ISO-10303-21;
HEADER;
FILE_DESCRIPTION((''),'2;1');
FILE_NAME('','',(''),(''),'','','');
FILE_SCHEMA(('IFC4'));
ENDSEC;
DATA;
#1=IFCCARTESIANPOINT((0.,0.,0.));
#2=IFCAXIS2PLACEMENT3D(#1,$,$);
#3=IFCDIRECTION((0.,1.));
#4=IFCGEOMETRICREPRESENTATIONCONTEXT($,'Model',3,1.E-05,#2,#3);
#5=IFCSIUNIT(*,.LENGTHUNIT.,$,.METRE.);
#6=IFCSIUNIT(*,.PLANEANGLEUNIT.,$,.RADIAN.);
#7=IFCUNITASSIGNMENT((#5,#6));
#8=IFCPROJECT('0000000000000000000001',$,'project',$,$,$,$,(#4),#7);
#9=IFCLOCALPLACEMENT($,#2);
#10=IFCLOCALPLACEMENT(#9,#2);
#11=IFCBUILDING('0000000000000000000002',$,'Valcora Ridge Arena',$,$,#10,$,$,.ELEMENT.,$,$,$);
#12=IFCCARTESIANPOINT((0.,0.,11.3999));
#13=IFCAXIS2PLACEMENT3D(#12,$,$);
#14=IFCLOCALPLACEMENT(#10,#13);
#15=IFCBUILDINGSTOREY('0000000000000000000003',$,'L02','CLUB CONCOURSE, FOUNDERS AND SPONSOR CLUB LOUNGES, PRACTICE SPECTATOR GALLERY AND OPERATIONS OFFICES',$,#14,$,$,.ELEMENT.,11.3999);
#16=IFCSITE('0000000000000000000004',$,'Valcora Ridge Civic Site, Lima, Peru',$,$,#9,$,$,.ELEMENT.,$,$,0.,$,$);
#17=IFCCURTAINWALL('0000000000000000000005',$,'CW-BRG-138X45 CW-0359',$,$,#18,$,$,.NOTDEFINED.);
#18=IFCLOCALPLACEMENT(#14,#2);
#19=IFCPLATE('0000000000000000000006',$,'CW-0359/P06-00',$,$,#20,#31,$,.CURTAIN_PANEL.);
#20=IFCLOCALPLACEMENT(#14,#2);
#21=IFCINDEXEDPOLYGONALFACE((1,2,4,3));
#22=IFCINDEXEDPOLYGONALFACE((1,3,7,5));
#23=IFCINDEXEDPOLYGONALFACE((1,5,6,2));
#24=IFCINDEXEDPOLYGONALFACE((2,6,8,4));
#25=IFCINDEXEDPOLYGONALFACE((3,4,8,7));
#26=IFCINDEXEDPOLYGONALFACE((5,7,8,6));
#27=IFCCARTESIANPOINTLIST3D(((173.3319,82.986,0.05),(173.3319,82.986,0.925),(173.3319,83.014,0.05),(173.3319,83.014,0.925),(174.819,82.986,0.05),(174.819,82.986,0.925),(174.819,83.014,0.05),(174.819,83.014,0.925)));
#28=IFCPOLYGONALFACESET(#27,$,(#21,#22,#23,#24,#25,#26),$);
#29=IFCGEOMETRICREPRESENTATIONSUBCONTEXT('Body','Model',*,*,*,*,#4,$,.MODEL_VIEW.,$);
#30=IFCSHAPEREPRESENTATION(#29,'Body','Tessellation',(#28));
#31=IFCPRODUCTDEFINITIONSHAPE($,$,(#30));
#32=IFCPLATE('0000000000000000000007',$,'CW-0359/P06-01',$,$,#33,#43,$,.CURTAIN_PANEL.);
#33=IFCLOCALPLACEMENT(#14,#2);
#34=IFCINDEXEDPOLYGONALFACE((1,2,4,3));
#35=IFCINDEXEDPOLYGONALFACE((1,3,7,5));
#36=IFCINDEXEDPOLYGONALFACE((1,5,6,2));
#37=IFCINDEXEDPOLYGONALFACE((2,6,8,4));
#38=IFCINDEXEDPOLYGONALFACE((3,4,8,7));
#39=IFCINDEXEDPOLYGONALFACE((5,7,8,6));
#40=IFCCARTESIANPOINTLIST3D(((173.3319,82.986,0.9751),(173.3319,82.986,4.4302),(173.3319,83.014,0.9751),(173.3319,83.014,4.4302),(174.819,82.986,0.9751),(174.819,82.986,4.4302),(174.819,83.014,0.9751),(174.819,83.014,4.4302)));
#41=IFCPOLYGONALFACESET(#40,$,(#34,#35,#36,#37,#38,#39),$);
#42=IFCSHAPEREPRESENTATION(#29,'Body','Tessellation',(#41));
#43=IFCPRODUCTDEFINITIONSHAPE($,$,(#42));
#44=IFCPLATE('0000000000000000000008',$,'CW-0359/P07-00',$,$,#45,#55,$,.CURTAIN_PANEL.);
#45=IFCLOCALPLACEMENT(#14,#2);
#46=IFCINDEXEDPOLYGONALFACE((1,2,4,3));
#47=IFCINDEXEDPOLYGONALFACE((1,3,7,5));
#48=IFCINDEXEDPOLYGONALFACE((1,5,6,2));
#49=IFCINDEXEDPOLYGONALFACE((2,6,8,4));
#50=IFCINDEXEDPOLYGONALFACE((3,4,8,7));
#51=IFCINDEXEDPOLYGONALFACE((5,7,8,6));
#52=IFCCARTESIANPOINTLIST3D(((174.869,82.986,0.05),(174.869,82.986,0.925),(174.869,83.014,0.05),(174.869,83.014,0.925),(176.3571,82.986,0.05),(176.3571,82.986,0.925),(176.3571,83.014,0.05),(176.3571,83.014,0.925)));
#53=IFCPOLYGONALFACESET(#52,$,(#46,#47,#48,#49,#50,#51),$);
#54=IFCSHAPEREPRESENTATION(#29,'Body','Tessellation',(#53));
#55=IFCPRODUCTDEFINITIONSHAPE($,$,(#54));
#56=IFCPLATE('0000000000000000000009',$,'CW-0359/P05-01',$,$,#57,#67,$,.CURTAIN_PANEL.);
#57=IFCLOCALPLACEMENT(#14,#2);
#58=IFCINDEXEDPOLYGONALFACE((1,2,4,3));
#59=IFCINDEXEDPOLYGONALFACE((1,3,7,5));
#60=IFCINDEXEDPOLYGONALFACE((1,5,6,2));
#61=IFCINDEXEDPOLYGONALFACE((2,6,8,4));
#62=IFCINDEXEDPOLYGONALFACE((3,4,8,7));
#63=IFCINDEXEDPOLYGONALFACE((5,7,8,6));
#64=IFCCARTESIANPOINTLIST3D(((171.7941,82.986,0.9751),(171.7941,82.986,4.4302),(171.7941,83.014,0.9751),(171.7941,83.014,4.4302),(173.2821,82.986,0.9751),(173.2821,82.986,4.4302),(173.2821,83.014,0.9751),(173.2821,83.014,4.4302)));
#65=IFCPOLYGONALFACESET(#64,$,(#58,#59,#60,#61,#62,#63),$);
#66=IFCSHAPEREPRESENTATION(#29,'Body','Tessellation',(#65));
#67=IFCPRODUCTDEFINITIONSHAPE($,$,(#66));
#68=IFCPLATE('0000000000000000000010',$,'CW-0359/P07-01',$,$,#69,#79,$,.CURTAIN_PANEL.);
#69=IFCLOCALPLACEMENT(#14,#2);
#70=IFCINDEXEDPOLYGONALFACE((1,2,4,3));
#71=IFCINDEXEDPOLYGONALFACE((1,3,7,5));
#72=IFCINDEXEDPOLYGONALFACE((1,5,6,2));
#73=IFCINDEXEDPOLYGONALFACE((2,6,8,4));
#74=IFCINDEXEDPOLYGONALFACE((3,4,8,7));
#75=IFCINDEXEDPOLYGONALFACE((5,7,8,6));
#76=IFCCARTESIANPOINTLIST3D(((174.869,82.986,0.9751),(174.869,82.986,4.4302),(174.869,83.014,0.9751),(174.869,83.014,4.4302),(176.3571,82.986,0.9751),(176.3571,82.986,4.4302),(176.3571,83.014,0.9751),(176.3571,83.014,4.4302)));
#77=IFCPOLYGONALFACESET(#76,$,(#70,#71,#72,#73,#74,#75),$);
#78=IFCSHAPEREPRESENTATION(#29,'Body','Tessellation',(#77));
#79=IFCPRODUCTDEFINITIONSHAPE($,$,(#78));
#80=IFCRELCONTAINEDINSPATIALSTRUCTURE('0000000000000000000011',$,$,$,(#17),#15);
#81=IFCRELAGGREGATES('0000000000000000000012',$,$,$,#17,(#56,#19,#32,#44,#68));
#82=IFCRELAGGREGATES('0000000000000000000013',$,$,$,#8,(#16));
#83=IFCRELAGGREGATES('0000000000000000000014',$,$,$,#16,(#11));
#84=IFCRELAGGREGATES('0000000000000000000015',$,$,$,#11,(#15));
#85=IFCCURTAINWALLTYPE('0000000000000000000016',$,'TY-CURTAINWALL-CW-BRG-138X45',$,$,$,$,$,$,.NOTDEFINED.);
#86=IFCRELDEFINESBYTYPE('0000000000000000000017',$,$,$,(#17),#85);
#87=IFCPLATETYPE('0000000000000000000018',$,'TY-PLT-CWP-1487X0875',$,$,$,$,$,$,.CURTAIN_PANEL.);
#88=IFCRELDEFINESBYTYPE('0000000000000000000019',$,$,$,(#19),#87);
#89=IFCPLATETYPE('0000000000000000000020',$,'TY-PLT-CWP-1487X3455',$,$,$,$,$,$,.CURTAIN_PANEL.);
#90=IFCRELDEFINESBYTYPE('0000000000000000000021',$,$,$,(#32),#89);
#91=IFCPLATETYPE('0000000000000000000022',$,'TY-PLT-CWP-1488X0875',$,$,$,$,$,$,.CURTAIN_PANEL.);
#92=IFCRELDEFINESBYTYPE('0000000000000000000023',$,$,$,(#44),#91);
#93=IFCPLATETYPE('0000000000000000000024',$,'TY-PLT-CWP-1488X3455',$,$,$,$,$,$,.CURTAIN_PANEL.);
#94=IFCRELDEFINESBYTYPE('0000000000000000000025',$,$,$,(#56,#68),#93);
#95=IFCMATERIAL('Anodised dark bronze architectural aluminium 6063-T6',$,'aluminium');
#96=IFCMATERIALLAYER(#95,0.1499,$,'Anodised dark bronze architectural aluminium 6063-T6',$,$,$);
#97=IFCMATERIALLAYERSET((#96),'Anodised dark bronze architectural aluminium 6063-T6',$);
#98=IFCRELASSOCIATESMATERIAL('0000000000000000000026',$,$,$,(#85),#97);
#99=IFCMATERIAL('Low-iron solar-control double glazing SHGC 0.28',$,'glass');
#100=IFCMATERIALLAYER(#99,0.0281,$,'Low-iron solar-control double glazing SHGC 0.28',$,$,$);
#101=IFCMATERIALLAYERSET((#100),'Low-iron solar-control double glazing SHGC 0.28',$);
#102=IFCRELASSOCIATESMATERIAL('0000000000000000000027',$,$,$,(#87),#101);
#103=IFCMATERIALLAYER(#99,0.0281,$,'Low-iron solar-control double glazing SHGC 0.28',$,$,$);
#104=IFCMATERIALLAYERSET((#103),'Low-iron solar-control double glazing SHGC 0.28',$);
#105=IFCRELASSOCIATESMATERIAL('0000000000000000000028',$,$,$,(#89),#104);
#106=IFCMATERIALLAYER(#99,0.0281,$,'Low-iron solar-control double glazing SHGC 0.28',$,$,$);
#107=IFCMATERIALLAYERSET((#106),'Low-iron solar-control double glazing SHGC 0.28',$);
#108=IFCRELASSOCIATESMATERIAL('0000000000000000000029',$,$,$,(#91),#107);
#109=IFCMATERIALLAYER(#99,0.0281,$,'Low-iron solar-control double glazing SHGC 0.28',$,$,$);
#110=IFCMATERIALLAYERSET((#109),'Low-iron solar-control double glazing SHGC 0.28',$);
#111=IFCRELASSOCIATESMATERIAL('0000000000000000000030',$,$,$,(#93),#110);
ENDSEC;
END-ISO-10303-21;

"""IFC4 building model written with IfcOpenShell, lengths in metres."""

from ifc_helpers import new_model, si_unit, direction, frame, origin, origin_2d, place, context, subcontext, project, spatial, rectangle, extrude, material, layer, layer_set, type_object, element, aggregate, save


model = new_model("IFC4")

# Units and contexts
model_context = context("Model", 3, precision=1e-05, world=origin(), true_north=direction((0.0, 1.0)))
body_context = subcontext(model_context, "Body", "Model", "MODEL_VIEW")
ifc_project = project(units=[si_unit("LENGTHUNIT", "METRE"), si_unit("PLANEANGLEUNIT", "RADIAN")], contexts=[model_context])

# Site, building, storey
site_placement = place(None, origin())
site = spatial("IfcSite", under=ifc_project, at=site_placement, Name="Valcora Ridge Civic Site, Lima, Peru", CompositionType="ELEMENT", RefElevation=0.0)
building_placement = place(site_placement, origin())
building = spatial("IfcBuilding", under=site, at=building_placement, Name="Valcora Ridge Arena", CompositionType="ELEMENT")
storey_placement = place(building_placement, frame((0.0, 0.0, 11.3999)))
storey = spatial("IfcBuildingStorey", under=building, at=storey_placement, Name="L02", Description="CLUB CONCOURSE, FOUNDERS AND SPONSOR CLUB LOUNGES, PRACTICE SPECTATOR GALLERY AND OPERATIONS OFFICES", CompositionType="ELEMENT", Elevation=11.3999)

# Curtain wall, plates
ifc_material_1 = material(Name="Anodised dark bronze architectural aluminium 6063-T6", Category="aluminium")
ifc_layer_1 = layer(ifc_material_1, 0.1499, Name="Anodised dark bronze architectural aluminium 6063-T6")
ifc_layer_set_1 = layer_set([ifc_layer_1], Name="Anodised dark bronze architectural aluminium 6063-T6")
curtain_wall_type = type_object("IfcCurtainWallType", Name="TY-CURTAINWALL-CW-BRG-138X45", PredefinedType="NOTDEFINED", material=ifc_layer_set_1)
curtain_wall_placement = place(storey_placement, origin())
curtain_wall = element("IfcCurtainWall", 1, at=curtain_wall_placement, inside=storey, type_object=curtain_wall_type, Name="CW-BRG-138X45 CW-0359", PredefinedType="NOTDEFINED")
ifc_material_2 = material(Name="Low-iron solar-control double glazing SHGC 0.28", Category="glass")
ifc_layer_2 = layer(ifc_material_2, 0.0281, Name="Low-iron solar-control double glazing SHGC 0.28")
ifc_layer_set_2 = layer_set([ifc_layer_2], Name="Low-iron solar-control double glazing SHGC 0.28")
plate_type_1 = type_object("IfcPlateType", Name="TY-PLT-CWP-1487X0875", PredefinedType="CURTAIN_PANEL", material=ifc_layer_set_2)
plate_1_placement = place(storey_placement, frame((174.0754, 83.0, 0.05), z_axis=(0.0, 0.0, 1.0), x_axis=(1.0, 0.0, 0.0)))
plate_1 = element("IfcPlate", 2, at=plate_1_placement, type_object=plate_type_1, Name="CW-0359/P06-00", PredefinedType="CURTAIN_PANEL", context=body_context, shape_type="SweptSolid", body=[
    extrude(rectangle(XDim=1.4871, YDim=0.0281, at=origin_2d()), origin(), (0.0, 0.0, 1.0), 0.875),
])
ifc_layer_3 = layer(ifc_material_2, 0.0281, Name="Low-iron solar-control double glazing SHGC 0.28")
ifc_layer_set_3 = layer_set([ifc_layer_3], Name="Low-iron solar-control double glazing SHGC 0.28")
plate_type_2 = type_object("IfcPlateType", Name="TY-PLT-CWP-1487X3455", PredefinedType="CURTAIN_PANEL", material=ifc_layer_set_3)
plate_2_placement = place(storey_placement, frame((174.0754, 83.0, 0.9751), z_axis=(0.0, 0.0, 1.0), x_axis=(1.0, 0.0, 0.0)))
plate_2 = element("IfcPlate", 3, at=plate_2_placement, type_object=plate_type_2, Name="CW-0359/P06-01", PredefinedType="CURTAIN_PANEL", context=body_context, shape_type="SweptSolid", body=[
    extrude(rectangle(XDim=1.4871, YDim=0.0281, at=origin_2d()), origin(), (0.0, 0.0, 1.0), 3.4551),
])
ifc_layer_4 = layer(ifc_material_2, 0.0281, Name="Low-iron solar-control double glazing SHGC 0.28")
ifc_layer_set_4 = layer_set([ifc_layer_4], Name="Low-iron solar-control double glazing SHGC 0.28")
plate_type_3 = type_object("IfcPlateType", Name="TY-PLT-CWP-1488X0875", PredefinedType="CURTAIN_PANEL", material=ifc_layer_set_4)
plate_3_placement = place(storey_placement, frame((175.613, 83.0, 0.05), z_axis=(0.0, 0.0, 1.0), x_axis=(1.0, 0.0, 0.0)))
plate_3 = element("IfcPlate", 4, at=plate_3_placement, type_object=plate_type_3, Name="CW-0359/P07-00", PredefinedType="CURTAIN_PANEL", context=body_context, shape_type="SweptSolid", body=[
    extrude(rectangle(XDim=1.488, YDim=0.0281, at=origin_2d()), origin(), (0.0, 0.0, 1.0), 0.875),
])
ifc_layer_5 = layer(ifc_material_2, 0.0281, Name="Low-iron solar-control double glazing SHGC 0.28")
ifc_layer_set_5 = layer_set([ifc_layer_5], Name="Low-iron solar-control double glazing SHGC 0.28")
plate_type_4 = type_object("IfcPlateType", Name="TY-PLT-CWP-1488X3455", PredefinedType="CURTAIN_PANEL", material=ifc_layer_set_5)
plate_4_placement = place(storey_placement, frame((172.5381, 83.0, 0.9751), z_axis=(0.0, 0.0, 1.0), x_axis=(1.0, 0.0, 0.0)))
plate_4 = element("IfcPlate", 5, at=plate_4_placement, type_object=plate_type_4, Name="CW-0359/P05-01", PredefinedType="CURTAIN_PANEL", context=body_context, shape_type="SweptSolid", body=[
    extrude(rectangle(XDim=1.488, YDim=0.0281, at=origin_2d()), origin(), (0.0, 0.0, 1.0), 3.4551),
])
plate_5_placement = place(storey_placement, frame((175.613, 83.0, 0.9751), z_axis=(0.0, 0.0, 1.0), x_axis=(1.0, 0.0, 0.0)))
plate_5 = element("IfcPlate", 6, at=plate_5_placement, type_object=plate_type_4, Name="CW-0359/P07-01", PredefinedType="CURTAIN_PANEL", context=body_context, shape_type="SweptSolid", body=[
    extrude(rectangle(XDim=1.488, YDim=0.0281, at=origin_2d()), origin(), (0.0, 0.0, 1.0), 3.4551),
])
aggregate(curtain_wall, [plate_4, plate_1, plate_2, plate_3, plate_5])

save(model, "model.ifc")
